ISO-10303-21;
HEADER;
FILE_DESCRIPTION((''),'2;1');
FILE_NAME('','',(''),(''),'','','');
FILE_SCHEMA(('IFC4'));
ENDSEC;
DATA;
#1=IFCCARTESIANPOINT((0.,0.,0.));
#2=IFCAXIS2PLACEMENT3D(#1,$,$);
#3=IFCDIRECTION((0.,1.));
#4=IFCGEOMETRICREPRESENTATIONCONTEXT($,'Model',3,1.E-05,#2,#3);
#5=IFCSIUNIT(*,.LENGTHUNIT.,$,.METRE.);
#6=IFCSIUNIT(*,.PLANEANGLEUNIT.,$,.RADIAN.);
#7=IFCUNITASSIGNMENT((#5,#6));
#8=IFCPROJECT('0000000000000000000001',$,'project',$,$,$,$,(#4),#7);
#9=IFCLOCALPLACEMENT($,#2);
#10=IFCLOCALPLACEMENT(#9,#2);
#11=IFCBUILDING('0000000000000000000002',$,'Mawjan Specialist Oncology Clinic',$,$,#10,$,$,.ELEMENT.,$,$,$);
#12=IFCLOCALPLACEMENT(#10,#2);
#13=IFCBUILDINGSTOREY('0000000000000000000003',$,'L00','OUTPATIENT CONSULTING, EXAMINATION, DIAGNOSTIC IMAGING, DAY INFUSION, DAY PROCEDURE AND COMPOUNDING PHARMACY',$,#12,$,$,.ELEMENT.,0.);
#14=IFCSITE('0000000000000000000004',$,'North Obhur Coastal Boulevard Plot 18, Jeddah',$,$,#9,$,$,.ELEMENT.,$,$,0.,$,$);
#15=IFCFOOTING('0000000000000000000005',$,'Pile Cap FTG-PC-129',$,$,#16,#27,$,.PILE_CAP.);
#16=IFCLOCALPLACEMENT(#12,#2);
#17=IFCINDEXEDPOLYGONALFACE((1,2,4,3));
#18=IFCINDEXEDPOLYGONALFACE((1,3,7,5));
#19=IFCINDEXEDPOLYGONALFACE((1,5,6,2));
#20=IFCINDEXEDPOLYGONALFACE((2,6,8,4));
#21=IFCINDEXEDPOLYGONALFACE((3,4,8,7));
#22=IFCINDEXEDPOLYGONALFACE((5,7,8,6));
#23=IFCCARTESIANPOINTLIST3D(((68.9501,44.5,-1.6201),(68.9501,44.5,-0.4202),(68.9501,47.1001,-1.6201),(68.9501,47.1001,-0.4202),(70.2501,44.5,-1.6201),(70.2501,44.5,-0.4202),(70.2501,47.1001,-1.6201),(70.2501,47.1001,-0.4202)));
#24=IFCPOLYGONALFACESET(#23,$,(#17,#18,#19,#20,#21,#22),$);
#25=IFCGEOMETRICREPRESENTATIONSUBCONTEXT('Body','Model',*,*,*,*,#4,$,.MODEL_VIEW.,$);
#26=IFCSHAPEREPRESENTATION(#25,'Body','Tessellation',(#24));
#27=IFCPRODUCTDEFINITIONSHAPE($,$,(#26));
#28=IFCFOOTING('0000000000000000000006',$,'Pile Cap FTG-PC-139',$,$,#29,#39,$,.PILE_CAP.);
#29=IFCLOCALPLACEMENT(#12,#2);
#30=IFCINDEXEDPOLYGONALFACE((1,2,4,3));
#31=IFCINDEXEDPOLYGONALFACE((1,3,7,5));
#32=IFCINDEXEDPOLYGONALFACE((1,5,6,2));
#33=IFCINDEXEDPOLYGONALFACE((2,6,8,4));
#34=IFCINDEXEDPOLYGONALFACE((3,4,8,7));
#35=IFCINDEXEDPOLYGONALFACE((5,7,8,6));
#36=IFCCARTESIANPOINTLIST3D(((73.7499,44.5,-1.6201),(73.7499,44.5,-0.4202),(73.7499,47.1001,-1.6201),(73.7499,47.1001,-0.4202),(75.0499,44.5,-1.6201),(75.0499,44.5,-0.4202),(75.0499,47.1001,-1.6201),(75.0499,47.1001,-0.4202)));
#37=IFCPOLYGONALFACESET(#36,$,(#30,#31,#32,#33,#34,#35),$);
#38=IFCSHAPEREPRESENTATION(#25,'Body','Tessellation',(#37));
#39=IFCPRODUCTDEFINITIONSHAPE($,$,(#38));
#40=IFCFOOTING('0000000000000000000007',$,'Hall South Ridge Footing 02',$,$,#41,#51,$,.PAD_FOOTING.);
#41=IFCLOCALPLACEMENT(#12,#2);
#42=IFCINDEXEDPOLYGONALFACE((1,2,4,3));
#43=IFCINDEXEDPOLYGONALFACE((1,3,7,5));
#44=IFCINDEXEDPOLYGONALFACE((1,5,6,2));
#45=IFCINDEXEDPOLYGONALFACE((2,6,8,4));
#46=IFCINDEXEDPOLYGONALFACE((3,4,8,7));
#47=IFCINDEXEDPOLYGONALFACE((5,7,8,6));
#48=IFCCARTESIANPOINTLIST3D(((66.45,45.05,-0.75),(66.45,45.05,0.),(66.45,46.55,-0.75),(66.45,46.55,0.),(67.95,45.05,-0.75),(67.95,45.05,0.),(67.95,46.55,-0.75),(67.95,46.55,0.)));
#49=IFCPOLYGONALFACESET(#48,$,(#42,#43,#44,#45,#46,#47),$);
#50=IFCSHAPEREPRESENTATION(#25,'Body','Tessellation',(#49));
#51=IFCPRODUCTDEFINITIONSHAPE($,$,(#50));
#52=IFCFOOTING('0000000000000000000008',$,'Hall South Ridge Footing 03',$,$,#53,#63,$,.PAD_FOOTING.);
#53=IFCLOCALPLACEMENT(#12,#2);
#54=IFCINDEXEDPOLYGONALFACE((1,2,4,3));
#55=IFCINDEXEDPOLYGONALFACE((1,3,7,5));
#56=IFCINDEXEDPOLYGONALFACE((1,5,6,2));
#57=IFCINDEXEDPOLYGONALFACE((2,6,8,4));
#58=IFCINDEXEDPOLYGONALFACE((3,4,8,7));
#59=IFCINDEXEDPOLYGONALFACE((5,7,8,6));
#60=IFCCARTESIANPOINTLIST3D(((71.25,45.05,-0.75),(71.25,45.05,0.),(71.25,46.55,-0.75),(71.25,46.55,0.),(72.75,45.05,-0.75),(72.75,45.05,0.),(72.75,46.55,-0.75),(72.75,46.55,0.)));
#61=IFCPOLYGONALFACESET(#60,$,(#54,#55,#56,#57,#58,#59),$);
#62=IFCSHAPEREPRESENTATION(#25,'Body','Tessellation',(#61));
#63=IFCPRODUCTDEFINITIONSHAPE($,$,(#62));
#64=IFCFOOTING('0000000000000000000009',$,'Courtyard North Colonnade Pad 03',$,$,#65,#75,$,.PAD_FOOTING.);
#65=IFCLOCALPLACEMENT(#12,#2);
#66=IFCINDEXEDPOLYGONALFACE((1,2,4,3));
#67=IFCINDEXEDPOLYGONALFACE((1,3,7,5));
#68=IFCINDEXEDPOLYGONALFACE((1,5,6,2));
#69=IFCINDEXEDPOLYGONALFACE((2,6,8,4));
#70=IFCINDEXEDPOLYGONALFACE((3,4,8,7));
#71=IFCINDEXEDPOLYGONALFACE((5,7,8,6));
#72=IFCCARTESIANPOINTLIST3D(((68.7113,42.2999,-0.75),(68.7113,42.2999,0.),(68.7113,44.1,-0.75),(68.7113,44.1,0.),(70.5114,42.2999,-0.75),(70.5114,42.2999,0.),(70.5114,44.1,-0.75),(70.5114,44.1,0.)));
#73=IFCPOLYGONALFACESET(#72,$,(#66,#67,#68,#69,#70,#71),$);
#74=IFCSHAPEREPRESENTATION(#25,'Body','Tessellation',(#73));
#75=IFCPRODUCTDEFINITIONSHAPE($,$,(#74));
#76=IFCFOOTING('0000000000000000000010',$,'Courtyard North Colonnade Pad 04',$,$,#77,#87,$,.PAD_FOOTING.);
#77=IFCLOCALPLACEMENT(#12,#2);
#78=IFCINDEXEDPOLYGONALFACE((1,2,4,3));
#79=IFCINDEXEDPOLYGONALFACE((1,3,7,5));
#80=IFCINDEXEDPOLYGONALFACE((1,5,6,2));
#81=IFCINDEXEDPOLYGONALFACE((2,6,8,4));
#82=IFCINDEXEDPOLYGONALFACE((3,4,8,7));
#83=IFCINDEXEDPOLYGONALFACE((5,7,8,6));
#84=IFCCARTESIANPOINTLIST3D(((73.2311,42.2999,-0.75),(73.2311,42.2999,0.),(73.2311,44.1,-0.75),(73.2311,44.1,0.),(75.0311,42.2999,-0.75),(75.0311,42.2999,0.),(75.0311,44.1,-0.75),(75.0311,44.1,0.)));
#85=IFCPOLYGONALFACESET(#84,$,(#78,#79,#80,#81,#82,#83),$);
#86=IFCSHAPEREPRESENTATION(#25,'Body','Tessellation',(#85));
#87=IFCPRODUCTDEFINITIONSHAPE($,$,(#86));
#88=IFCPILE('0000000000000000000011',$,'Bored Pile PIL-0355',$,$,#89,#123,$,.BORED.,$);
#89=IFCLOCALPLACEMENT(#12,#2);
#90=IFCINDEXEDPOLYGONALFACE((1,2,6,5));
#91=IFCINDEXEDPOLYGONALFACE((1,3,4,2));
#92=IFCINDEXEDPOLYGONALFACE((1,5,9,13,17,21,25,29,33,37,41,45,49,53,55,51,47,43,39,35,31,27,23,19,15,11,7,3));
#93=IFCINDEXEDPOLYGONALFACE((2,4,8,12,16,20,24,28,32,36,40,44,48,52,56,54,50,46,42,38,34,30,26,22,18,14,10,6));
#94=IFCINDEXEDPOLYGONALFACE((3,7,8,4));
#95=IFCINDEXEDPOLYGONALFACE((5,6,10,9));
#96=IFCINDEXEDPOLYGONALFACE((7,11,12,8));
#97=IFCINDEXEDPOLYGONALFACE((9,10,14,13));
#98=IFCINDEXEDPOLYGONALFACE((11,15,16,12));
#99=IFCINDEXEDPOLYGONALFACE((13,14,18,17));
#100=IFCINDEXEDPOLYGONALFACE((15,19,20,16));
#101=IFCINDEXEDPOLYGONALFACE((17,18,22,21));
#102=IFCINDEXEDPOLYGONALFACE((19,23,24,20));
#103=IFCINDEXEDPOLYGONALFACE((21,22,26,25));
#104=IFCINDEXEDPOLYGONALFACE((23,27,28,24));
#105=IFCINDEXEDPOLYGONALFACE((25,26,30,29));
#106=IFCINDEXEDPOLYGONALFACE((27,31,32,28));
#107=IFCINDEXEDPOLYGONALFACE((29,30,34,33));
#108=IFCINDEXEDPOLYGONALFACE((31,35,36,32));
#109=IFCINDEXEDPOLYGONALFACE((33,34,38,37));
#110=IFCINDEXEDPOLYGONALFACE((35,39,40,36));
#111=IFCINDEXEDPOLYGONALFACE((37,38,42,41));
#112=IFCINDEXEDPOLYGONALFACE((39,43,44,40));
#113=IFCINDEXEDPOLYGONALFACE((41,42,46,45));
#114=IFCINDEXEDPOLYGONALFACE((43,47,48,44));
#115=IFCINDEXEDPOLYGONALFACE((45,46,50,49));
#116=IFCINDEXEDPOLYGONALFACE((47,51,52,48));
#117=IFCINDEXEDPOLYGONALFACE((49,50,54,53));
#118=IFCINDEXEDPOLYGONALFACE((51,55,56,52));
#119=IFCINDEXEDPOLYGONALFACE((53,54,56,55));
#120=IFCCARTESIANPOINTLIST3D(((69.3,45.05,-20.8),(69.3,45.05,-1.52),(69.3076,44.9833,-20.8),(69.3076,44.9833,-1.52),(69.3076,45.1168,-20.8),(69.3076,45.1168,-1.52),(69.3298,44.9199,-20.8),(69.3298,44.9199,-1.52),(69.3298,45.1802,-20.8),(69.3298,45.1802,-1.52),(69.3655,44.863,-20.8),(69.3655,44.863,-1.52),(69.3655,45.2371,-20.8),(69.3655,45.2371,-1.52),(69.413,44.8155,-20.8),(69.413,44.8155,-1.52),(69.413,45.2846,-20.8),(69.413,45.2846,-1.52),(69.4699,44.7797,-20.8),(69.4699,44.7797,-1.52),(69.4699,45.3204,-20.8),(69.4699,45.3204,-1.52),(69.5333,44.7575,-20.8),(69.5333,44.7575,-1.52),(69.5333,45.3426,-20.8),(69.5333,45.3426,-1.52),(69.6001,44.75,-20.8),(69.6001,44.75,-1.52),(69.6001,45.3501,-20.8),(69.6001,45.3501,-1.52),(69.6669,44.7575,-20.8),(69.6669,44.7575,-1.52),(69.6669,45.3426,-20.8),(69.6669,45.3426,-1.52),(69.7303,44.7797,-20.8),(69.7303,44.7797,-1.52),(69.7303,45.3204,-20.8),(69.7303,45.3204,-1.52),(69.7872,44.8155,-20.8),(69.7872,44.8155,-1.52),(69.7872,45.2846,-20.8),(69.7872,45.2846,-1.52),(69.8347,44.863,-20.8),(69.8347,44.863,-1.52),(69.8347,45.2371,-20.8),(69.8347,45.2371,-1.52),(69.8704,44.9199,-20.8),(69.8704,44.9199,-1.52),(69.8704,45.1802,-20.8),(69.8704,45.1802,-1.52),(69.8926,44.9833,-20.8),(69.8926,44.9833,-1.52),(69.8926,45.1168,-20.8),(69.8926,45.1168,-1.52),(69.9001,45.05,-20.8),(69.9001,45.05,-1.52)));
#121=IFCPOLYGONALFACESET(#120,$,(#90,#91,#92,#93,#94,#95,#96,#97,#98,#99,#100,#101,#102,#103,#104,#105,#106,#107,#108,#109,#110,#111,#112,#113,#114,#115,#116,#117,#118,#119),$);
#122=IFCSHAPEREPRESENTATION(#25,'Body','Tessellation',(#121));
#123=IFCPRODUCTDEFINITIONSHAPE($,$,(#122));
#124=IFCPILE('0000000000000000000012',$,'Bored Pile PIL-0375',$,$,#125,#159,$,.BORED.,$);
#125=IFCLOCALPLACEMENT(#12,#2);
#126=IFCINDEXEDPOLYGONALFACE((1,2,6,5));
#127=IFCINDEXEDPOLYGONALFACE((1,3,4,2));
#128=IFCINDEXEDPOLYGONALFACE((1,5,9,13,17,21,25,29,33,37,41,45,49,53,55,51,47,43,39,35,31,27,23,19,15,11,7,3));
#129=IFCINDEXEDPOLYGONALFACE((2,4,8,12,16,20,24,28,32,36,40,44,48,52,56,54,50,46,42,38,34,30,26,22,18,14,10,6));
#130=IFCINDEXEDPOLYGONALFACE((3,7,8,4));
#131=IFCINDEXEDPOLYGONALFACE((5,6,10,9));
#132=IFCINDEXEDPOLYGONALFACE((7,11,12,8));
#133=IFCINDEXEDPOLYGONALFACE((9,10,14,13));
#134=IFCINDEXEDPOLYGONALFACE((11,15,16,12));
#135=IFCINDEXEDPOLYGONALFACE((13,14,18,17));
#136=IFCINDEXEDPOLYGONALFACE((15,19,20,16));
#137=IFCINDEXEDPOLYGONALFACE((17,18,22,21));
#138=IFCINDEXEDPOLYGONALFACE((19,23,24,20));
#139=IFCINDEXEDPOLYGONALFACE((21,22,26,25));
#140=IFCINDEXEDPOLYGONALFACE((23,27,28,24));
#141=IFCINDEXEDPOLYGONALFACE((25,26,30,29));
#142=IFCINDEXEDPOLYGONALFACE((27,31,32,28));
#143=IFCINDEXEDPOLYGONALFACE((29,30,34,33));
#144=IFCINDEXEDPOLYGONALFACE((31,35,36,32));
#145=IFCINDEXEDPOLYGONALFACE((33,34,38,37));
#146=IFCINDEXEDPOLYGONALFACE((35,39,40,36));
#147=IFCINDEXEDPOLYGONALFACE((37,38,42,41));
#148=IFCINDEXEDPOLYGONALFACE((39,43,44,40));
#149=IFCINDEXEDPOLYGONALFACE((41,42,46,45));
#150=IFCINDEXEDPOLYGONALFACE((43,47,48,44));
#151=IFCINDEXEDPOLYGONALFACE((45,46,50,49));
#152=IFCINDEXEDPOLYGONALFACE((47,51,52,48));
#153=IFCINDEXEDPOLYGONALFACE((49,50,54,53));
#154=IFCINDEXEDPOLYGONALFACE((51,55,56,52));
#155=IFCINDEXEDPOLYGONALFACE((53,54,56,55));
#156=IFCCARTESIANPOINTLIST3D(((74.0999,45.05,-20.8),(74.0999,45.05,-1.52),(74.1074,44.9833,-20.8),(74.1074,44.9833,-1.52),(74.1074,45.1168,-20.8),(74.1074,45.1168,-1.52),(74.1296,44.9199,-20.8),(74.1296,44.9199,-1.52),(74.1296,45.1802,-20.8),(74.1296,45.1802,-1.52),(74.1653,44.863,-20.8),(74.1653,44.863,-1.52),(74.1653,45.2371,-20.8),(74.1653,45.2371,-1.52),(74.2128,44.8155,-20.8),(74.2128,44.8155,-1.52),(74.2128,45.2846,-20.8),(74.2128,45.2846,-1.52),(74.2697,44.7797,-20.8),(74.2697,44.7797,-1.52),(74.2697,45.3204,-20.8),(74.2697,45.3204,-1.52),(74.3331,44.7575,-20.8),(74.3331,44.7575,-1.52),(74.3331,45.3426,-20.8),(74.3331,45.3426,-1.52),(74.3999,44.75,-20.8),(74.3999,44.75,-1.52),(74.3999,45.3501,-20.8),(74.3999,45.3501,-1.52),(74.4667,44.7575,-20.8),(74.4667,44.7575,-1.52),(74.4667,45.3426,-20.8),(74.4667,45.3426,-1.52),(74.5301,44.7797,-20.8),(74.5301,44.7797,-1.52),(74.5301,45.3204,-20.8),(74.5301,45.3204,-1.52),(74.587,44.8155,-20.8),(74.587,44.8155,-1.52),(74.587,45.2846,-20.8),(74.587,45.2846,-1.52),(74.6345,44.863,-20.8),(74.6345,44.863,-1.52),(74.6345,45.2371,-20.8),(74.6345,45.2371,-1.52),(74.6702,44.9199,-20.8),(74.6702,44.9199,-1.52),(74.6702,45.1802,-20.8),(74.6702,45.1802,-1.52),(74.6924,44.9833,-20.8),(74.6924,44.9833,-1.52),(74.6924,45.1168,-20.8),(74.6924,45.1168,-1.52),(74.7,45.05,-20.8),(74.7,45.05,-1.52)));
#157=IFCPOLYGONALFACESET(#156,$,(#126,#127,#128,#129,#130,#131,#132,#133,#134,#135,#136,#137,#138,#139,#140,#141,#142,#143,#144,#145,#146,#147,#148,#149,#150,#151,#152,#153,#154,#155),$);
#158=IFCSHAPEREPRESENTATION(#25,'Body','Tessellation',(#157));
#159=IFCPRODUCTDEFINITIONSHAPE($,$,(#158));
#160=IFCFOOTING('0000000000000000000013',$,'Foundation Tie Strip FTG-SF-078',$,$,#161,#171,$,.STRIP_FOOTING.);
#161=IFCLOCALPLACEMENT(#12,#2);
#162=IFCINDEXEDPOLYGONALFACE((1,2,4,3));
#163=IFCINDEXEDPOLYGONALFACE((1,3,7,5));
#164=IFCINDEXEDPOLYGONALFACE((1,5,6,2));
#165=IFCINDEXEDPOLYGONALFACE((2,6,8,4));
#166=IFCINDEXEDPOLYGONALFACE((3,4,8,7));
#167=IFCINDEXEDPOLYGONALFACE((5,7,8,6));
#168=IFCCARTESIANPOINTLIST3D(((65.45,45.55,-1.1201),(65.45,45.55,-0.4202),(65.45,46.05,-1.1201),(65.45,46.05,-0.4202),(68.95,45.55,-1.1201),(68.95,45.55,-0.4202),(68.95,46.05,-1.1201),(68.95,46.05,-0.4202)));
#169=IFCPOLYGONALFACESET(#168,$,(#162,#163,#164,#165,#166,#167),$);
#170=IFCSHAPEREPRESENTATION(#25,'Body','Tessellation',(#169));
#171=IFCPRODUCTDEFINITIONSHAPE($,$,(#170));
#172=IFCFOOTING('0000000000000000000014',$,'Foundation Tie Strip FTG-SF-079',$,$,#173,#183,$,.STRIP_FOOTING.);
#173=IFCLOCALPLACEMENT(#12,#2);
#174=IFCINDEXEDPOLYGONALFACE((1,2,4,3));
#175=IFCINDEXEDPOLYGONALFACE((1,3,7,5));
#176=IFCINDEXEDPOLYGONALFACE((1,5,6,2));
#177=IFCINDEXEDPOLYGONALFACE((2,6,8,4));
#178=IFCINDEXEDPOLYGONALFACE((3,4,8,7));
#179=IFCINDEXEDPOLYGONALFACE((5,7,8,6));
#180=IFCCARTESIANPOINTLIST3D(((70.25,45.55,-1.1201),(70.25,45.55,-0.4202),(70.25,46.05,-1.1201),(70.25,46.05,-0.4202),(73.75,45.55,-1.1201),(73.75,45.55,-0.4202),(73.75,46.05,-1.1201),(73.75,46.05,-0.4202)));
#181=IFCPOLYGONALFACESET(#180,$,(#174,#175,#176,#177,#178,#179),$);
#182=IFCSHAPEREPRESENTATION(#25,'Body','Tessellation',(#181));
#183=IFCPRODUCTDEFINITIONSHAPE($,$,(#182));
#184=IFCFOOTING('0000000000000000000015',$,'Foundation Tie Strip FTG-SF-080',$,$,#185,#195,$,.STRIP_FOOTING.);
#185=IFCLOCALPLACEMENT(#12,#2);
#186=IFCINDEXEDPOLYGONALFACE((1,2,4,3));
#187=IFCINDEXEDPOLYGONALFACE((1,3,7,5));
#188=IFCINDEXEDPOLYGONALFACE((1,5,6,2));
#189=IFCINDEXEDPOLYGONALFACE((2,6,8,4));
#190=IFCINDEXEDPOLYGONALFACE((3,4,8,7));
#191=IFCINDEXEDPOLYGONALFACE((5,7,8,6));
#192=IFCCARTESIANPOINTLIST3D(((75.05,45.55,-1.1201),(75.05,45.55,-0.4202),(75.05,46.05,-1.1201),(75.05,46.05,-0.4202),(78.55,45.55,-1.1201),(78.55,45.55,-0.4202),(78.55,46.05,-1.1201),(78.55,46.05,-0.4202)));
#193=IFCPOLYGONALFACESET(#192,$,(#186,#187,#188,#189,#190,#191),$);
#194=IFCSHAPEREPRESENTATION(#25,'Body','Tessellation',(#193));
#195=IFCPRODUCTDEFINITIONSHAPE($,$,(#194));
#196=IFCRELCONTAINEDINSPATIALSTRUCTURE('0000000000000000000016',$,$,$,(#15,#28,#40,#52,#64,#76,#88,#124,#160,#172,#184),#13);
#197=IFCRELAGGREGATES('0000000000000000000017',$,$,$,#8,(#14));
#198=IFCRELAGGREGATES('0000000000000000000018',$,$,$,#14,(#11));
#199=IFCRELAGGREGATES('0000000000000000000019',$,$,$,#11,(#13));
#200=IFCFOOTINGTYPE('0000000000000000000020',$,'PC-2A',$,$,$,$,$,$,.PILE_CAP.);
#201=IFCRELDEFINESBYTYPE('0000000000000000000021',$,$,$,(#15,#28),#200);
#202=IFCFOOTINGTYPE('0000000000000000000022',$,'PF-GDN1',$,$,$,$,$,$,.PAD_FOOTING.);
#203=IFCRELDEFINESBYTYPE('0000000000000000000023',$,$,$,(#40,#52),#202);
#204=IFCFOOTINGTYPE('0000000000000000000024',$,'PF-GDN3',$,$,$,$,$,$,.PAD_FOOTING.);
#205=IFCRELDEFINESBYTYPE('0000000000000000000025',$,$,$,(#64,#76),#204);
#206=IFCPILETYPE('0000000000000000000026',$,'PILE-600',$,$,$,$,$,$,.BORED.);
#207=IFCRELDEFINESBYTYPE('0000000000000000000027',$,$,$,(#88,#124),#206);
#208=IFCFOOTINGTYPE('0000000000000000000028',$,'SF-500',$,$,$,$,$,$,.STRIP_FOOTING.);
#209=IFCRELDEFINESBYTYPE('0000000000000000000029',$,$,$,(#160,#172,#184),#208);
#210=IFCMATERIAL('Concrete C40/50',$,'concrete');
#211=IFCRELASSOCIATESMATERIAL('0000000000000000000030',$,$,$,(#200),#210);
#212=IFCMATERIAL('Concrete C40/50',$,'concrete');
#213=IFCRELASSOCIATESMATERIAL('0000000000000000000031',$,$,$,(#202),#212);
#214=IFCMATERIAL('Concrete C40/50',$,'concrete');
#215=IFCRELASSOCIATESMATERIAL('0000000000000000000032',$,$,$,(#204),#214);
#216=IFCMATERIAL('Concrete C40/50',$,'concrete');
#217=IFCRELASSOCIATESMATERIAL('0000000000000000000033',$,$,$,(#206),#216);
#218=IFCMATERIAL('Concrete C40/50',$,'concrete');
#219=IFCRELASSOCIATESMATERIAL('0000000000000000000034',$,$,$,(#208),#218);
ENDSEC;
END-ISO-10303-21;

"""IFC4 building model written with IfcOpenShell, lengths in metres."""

from ifc_helpers import new_model, si_unit, direction, frame, origin, origin_2d, place, context, subcontext, project, spatial, rectangle, circle, extrude, material, material_profile, profile_set, type_object, element, save


model = new_model("IFC4")

# Units and contexts
model_context = context("Model", 3, precision=1e-05, world=origin(), true_north=direction((0.0, 1.0)))
body_context = subcontext(model_context, "Body", "Model", "MODEL_VIEW")
ifc_project = project(units=[si_unit("LENGTHUNIT", "METRE"), si_unit("PLANEANGLEUNIT", "RADIAN")], contexts=[model_context])

# Site, building, storey
site_placement = place(None, origin())
site = spatial("IfcSite", under=ifc_project, at=site_placement, Name="North Obhur Coastal Boulevard Plot 18, Jeddah", CompositionType="ELEMENT", RefElevation=0.0)
building_placement = place(site_placement, origin())
building = spatial("IfcBuilding", under=site, at=building_placement, Name="Mawjan Specialist Oncology Clinic", CompositionType="ELEMENT")
storey_placement = place(building_placement, origin())
storey = spatial("IfcBuildingStorey", under=building, at=storey_placement, Name="L00", Description="OUTPATIENT CONSULTING, EXAMINATION, DIAGNOSTIC IMAGING, DAY INFUSION, DAY PROCEDURE AND COMPOUNDING PHARMACY", CompositionType="ELEMENT", Elevation=0.0)

# Footings
ifc_material_1 = material(Name="Concrete C40/50", Category="concrete")
footing_type_1 = type_object("IfcFootingType", Name="PC-2A", PredefinedType="PILE_CAP", material=ifc_material_1)
for number, where, z_axis, x_axis, name in (
    (1, (69.6001, 45.8, -1.6201), (0.0, 0.0, 1.0), (0.0, 1.0, 0.0), "Pile Cap FTG-PC-129"),
    (2, (74.3999, 45.8, -1.6201), (0.0, 0.0, 1.0), (0.0, 1.0, 0.0), "Pile Cap FTG-PC-139"),
):
    element("IfcFooting", number, at=place(storey_placement, frame(where, z_axis=z_axis, x_axis=x_axis)), inside=storey, type_object=footing_type_1, Name=name, PredefinedType="PILE_CAP", context=body_context, shape_type="SweptSolid", body=[
        extrude(rectangle(XDim=2.6001, YDim=1.3, at=origin_2d()), origin(), (0.0, 0.0, 1.0), 1.2),
    ])
ifc_material_2 = material(Name="Concrete C40/50", Category="concrete")
footing_type_2 = type_object("IfcFootingType", Name="PF-GDN1", PredefinedType="PAD_FOOTING", material=ifc_material_2)
for number, where, z_axis, x_axis, name in (
    (3, (67.2, 45.8, -0.75), (0.0, 0.0, 1.0), (1.0, 0.0, 0.0), "Hall South Ridge Footing 02"),
    (4, (72.0, 45.8, -0.75), (0.0, 0.0, 1.0), (1.0, 0.0, 0.0), "Hall South Ridge Footing 03"),
):
    element("IfcFooting", number, at=place(storey_placement, frame(where, z_axis=z_axis, x_axis=x_axis)), inside=storey, type_object=footing_type_2, Name=name, PredefinedType="PAD_FOOTING", context=body_context, shape_type="SweptSolid", body=[
        extrude(rectangle(XDim=1.5, YDim=1.5, at=origin_2d()), origin(), (0.0, 0.0, 1.0), 0.75),
    ])
ifc_material_3 = material(Name="Concrete C40/50", Category="concrete")
footing_type_3 = type_object("IfcFootingType", Name="PF-GDN3", PredefinedType="PAD_FOOTING", material=ifc_material_3)
for number, where, z_axis, x_axis, name in (
    (5, (69.6113, 43.2, -0.75), (0.0, 0.0, 1.0), (1.0, 0.0, 0.0), "Courtyard North Colonnade Pad 03"),
    (6, (74.1311, 43.2, -0.75), (0.0, 0.0, 1.0), (1.0, 0.0, 0.0), "Courtyard North Colonnade Pad 04"),
):
    element("IfcFooting", number, at=place(storey_placement, frame(where, z_axis=z_axis, x_axis=x_axis)), inside=storey, type_object=footing_type_3, Name=name, PredefinedType="PAD_FOOTING", context=body_context, shape_type="SweptSolid", body=[
        extrude(rectangle(XDim=1.8, YDim=1.8, at=origin_2d()), origin(), (0.0, 0.0, 1.0), 0.75),
    ])

# Piles
ifc_material_4 = material(Name="Concrete C40/50", Category="concrete")
ifc_material_profile_1 = material_profile(ifc_material_4, circle(Radius=0.3, at=origin_2d()), Name="BORED PILE D600", Category="concrete")
ifc_profile_set_1 = profile_set([ifc_material_profile_1], Name="Concrete C40/50")
pile_type = type_object("IfcPileType", Name="PILE-600", PredefinedType="BORED", material=ifc_profile_set_1)
for number, where, z_axis, x_axis, name in (
    (7, (69.6001, 45.05, -1.52), (0.0, 0.0, -1.0), (1.0, 0.0, 0.0), "Bored Pile PIL-0355"),
    (8, (74.3999, 45.05, -1.52), (0.0, 0.0, -1.0), (1.0, 0.0, 0.0), "Bored Pile PIL-0375"),
):
    element("IfcPile", number, at=place(storey_placement, frame(where, z_axis=z_axis, x_axis=x_axis)), inside=storey, type_object=pile_type, Name=name, PredefinedType="BORED", context=body_context, shape_type="SweptSolid", body=[
        extrude(circle(Radius=0.3, at=origin_2d()), origin(), (0.0, 0.0, 1.0), 19.28),
    ])

# Footings
ifc_material_5 = material(Name="Concrete C40/50", Category="concrete")
footing_type_4 = type_object("IfcFootingType", Name="SF-500", PredefinedType="STRIP_FOOTING", material=ifc_material_5)
for number, where, z_axis, x_axis, name in (
    (9, (67.2, 45.8, -1.1201), (0.0, 0.0, 1.0), (1.0, 0.0, 0.0), "Foundation Tie Strip FTG-SF-078"),
    (10, (72.0, 45.8, -1.1201), (0.0, 0.0, 1.0), (1.0, 0.0, 0.0), "Foundation Tie Strip FTG-SF-079"),
    (11, (76.8, 45.8, -1.1201), (0.0, 0.0, 1.0), (1.0, 0.0, 0.0), "Foundation Tie Strip FTG-SF-080"),
):
    element("IfcFooting", number, at=place(storey_placement, frame(where, z_axis=z_axis, x_axis=x_axis)), inside=storey, type_object=footing_type_4, Name=name, PredefinedType="STRIP_FOOTING", context=body_context, shape_type="SweptSolid", body=[
        extrude(rectangle(XDim=3.5, YDim=0.5, at=origin_2d()), origin(), (0.0, 0.0, 1.0), 0.7),
    ])

save(model, "model.ifc")
